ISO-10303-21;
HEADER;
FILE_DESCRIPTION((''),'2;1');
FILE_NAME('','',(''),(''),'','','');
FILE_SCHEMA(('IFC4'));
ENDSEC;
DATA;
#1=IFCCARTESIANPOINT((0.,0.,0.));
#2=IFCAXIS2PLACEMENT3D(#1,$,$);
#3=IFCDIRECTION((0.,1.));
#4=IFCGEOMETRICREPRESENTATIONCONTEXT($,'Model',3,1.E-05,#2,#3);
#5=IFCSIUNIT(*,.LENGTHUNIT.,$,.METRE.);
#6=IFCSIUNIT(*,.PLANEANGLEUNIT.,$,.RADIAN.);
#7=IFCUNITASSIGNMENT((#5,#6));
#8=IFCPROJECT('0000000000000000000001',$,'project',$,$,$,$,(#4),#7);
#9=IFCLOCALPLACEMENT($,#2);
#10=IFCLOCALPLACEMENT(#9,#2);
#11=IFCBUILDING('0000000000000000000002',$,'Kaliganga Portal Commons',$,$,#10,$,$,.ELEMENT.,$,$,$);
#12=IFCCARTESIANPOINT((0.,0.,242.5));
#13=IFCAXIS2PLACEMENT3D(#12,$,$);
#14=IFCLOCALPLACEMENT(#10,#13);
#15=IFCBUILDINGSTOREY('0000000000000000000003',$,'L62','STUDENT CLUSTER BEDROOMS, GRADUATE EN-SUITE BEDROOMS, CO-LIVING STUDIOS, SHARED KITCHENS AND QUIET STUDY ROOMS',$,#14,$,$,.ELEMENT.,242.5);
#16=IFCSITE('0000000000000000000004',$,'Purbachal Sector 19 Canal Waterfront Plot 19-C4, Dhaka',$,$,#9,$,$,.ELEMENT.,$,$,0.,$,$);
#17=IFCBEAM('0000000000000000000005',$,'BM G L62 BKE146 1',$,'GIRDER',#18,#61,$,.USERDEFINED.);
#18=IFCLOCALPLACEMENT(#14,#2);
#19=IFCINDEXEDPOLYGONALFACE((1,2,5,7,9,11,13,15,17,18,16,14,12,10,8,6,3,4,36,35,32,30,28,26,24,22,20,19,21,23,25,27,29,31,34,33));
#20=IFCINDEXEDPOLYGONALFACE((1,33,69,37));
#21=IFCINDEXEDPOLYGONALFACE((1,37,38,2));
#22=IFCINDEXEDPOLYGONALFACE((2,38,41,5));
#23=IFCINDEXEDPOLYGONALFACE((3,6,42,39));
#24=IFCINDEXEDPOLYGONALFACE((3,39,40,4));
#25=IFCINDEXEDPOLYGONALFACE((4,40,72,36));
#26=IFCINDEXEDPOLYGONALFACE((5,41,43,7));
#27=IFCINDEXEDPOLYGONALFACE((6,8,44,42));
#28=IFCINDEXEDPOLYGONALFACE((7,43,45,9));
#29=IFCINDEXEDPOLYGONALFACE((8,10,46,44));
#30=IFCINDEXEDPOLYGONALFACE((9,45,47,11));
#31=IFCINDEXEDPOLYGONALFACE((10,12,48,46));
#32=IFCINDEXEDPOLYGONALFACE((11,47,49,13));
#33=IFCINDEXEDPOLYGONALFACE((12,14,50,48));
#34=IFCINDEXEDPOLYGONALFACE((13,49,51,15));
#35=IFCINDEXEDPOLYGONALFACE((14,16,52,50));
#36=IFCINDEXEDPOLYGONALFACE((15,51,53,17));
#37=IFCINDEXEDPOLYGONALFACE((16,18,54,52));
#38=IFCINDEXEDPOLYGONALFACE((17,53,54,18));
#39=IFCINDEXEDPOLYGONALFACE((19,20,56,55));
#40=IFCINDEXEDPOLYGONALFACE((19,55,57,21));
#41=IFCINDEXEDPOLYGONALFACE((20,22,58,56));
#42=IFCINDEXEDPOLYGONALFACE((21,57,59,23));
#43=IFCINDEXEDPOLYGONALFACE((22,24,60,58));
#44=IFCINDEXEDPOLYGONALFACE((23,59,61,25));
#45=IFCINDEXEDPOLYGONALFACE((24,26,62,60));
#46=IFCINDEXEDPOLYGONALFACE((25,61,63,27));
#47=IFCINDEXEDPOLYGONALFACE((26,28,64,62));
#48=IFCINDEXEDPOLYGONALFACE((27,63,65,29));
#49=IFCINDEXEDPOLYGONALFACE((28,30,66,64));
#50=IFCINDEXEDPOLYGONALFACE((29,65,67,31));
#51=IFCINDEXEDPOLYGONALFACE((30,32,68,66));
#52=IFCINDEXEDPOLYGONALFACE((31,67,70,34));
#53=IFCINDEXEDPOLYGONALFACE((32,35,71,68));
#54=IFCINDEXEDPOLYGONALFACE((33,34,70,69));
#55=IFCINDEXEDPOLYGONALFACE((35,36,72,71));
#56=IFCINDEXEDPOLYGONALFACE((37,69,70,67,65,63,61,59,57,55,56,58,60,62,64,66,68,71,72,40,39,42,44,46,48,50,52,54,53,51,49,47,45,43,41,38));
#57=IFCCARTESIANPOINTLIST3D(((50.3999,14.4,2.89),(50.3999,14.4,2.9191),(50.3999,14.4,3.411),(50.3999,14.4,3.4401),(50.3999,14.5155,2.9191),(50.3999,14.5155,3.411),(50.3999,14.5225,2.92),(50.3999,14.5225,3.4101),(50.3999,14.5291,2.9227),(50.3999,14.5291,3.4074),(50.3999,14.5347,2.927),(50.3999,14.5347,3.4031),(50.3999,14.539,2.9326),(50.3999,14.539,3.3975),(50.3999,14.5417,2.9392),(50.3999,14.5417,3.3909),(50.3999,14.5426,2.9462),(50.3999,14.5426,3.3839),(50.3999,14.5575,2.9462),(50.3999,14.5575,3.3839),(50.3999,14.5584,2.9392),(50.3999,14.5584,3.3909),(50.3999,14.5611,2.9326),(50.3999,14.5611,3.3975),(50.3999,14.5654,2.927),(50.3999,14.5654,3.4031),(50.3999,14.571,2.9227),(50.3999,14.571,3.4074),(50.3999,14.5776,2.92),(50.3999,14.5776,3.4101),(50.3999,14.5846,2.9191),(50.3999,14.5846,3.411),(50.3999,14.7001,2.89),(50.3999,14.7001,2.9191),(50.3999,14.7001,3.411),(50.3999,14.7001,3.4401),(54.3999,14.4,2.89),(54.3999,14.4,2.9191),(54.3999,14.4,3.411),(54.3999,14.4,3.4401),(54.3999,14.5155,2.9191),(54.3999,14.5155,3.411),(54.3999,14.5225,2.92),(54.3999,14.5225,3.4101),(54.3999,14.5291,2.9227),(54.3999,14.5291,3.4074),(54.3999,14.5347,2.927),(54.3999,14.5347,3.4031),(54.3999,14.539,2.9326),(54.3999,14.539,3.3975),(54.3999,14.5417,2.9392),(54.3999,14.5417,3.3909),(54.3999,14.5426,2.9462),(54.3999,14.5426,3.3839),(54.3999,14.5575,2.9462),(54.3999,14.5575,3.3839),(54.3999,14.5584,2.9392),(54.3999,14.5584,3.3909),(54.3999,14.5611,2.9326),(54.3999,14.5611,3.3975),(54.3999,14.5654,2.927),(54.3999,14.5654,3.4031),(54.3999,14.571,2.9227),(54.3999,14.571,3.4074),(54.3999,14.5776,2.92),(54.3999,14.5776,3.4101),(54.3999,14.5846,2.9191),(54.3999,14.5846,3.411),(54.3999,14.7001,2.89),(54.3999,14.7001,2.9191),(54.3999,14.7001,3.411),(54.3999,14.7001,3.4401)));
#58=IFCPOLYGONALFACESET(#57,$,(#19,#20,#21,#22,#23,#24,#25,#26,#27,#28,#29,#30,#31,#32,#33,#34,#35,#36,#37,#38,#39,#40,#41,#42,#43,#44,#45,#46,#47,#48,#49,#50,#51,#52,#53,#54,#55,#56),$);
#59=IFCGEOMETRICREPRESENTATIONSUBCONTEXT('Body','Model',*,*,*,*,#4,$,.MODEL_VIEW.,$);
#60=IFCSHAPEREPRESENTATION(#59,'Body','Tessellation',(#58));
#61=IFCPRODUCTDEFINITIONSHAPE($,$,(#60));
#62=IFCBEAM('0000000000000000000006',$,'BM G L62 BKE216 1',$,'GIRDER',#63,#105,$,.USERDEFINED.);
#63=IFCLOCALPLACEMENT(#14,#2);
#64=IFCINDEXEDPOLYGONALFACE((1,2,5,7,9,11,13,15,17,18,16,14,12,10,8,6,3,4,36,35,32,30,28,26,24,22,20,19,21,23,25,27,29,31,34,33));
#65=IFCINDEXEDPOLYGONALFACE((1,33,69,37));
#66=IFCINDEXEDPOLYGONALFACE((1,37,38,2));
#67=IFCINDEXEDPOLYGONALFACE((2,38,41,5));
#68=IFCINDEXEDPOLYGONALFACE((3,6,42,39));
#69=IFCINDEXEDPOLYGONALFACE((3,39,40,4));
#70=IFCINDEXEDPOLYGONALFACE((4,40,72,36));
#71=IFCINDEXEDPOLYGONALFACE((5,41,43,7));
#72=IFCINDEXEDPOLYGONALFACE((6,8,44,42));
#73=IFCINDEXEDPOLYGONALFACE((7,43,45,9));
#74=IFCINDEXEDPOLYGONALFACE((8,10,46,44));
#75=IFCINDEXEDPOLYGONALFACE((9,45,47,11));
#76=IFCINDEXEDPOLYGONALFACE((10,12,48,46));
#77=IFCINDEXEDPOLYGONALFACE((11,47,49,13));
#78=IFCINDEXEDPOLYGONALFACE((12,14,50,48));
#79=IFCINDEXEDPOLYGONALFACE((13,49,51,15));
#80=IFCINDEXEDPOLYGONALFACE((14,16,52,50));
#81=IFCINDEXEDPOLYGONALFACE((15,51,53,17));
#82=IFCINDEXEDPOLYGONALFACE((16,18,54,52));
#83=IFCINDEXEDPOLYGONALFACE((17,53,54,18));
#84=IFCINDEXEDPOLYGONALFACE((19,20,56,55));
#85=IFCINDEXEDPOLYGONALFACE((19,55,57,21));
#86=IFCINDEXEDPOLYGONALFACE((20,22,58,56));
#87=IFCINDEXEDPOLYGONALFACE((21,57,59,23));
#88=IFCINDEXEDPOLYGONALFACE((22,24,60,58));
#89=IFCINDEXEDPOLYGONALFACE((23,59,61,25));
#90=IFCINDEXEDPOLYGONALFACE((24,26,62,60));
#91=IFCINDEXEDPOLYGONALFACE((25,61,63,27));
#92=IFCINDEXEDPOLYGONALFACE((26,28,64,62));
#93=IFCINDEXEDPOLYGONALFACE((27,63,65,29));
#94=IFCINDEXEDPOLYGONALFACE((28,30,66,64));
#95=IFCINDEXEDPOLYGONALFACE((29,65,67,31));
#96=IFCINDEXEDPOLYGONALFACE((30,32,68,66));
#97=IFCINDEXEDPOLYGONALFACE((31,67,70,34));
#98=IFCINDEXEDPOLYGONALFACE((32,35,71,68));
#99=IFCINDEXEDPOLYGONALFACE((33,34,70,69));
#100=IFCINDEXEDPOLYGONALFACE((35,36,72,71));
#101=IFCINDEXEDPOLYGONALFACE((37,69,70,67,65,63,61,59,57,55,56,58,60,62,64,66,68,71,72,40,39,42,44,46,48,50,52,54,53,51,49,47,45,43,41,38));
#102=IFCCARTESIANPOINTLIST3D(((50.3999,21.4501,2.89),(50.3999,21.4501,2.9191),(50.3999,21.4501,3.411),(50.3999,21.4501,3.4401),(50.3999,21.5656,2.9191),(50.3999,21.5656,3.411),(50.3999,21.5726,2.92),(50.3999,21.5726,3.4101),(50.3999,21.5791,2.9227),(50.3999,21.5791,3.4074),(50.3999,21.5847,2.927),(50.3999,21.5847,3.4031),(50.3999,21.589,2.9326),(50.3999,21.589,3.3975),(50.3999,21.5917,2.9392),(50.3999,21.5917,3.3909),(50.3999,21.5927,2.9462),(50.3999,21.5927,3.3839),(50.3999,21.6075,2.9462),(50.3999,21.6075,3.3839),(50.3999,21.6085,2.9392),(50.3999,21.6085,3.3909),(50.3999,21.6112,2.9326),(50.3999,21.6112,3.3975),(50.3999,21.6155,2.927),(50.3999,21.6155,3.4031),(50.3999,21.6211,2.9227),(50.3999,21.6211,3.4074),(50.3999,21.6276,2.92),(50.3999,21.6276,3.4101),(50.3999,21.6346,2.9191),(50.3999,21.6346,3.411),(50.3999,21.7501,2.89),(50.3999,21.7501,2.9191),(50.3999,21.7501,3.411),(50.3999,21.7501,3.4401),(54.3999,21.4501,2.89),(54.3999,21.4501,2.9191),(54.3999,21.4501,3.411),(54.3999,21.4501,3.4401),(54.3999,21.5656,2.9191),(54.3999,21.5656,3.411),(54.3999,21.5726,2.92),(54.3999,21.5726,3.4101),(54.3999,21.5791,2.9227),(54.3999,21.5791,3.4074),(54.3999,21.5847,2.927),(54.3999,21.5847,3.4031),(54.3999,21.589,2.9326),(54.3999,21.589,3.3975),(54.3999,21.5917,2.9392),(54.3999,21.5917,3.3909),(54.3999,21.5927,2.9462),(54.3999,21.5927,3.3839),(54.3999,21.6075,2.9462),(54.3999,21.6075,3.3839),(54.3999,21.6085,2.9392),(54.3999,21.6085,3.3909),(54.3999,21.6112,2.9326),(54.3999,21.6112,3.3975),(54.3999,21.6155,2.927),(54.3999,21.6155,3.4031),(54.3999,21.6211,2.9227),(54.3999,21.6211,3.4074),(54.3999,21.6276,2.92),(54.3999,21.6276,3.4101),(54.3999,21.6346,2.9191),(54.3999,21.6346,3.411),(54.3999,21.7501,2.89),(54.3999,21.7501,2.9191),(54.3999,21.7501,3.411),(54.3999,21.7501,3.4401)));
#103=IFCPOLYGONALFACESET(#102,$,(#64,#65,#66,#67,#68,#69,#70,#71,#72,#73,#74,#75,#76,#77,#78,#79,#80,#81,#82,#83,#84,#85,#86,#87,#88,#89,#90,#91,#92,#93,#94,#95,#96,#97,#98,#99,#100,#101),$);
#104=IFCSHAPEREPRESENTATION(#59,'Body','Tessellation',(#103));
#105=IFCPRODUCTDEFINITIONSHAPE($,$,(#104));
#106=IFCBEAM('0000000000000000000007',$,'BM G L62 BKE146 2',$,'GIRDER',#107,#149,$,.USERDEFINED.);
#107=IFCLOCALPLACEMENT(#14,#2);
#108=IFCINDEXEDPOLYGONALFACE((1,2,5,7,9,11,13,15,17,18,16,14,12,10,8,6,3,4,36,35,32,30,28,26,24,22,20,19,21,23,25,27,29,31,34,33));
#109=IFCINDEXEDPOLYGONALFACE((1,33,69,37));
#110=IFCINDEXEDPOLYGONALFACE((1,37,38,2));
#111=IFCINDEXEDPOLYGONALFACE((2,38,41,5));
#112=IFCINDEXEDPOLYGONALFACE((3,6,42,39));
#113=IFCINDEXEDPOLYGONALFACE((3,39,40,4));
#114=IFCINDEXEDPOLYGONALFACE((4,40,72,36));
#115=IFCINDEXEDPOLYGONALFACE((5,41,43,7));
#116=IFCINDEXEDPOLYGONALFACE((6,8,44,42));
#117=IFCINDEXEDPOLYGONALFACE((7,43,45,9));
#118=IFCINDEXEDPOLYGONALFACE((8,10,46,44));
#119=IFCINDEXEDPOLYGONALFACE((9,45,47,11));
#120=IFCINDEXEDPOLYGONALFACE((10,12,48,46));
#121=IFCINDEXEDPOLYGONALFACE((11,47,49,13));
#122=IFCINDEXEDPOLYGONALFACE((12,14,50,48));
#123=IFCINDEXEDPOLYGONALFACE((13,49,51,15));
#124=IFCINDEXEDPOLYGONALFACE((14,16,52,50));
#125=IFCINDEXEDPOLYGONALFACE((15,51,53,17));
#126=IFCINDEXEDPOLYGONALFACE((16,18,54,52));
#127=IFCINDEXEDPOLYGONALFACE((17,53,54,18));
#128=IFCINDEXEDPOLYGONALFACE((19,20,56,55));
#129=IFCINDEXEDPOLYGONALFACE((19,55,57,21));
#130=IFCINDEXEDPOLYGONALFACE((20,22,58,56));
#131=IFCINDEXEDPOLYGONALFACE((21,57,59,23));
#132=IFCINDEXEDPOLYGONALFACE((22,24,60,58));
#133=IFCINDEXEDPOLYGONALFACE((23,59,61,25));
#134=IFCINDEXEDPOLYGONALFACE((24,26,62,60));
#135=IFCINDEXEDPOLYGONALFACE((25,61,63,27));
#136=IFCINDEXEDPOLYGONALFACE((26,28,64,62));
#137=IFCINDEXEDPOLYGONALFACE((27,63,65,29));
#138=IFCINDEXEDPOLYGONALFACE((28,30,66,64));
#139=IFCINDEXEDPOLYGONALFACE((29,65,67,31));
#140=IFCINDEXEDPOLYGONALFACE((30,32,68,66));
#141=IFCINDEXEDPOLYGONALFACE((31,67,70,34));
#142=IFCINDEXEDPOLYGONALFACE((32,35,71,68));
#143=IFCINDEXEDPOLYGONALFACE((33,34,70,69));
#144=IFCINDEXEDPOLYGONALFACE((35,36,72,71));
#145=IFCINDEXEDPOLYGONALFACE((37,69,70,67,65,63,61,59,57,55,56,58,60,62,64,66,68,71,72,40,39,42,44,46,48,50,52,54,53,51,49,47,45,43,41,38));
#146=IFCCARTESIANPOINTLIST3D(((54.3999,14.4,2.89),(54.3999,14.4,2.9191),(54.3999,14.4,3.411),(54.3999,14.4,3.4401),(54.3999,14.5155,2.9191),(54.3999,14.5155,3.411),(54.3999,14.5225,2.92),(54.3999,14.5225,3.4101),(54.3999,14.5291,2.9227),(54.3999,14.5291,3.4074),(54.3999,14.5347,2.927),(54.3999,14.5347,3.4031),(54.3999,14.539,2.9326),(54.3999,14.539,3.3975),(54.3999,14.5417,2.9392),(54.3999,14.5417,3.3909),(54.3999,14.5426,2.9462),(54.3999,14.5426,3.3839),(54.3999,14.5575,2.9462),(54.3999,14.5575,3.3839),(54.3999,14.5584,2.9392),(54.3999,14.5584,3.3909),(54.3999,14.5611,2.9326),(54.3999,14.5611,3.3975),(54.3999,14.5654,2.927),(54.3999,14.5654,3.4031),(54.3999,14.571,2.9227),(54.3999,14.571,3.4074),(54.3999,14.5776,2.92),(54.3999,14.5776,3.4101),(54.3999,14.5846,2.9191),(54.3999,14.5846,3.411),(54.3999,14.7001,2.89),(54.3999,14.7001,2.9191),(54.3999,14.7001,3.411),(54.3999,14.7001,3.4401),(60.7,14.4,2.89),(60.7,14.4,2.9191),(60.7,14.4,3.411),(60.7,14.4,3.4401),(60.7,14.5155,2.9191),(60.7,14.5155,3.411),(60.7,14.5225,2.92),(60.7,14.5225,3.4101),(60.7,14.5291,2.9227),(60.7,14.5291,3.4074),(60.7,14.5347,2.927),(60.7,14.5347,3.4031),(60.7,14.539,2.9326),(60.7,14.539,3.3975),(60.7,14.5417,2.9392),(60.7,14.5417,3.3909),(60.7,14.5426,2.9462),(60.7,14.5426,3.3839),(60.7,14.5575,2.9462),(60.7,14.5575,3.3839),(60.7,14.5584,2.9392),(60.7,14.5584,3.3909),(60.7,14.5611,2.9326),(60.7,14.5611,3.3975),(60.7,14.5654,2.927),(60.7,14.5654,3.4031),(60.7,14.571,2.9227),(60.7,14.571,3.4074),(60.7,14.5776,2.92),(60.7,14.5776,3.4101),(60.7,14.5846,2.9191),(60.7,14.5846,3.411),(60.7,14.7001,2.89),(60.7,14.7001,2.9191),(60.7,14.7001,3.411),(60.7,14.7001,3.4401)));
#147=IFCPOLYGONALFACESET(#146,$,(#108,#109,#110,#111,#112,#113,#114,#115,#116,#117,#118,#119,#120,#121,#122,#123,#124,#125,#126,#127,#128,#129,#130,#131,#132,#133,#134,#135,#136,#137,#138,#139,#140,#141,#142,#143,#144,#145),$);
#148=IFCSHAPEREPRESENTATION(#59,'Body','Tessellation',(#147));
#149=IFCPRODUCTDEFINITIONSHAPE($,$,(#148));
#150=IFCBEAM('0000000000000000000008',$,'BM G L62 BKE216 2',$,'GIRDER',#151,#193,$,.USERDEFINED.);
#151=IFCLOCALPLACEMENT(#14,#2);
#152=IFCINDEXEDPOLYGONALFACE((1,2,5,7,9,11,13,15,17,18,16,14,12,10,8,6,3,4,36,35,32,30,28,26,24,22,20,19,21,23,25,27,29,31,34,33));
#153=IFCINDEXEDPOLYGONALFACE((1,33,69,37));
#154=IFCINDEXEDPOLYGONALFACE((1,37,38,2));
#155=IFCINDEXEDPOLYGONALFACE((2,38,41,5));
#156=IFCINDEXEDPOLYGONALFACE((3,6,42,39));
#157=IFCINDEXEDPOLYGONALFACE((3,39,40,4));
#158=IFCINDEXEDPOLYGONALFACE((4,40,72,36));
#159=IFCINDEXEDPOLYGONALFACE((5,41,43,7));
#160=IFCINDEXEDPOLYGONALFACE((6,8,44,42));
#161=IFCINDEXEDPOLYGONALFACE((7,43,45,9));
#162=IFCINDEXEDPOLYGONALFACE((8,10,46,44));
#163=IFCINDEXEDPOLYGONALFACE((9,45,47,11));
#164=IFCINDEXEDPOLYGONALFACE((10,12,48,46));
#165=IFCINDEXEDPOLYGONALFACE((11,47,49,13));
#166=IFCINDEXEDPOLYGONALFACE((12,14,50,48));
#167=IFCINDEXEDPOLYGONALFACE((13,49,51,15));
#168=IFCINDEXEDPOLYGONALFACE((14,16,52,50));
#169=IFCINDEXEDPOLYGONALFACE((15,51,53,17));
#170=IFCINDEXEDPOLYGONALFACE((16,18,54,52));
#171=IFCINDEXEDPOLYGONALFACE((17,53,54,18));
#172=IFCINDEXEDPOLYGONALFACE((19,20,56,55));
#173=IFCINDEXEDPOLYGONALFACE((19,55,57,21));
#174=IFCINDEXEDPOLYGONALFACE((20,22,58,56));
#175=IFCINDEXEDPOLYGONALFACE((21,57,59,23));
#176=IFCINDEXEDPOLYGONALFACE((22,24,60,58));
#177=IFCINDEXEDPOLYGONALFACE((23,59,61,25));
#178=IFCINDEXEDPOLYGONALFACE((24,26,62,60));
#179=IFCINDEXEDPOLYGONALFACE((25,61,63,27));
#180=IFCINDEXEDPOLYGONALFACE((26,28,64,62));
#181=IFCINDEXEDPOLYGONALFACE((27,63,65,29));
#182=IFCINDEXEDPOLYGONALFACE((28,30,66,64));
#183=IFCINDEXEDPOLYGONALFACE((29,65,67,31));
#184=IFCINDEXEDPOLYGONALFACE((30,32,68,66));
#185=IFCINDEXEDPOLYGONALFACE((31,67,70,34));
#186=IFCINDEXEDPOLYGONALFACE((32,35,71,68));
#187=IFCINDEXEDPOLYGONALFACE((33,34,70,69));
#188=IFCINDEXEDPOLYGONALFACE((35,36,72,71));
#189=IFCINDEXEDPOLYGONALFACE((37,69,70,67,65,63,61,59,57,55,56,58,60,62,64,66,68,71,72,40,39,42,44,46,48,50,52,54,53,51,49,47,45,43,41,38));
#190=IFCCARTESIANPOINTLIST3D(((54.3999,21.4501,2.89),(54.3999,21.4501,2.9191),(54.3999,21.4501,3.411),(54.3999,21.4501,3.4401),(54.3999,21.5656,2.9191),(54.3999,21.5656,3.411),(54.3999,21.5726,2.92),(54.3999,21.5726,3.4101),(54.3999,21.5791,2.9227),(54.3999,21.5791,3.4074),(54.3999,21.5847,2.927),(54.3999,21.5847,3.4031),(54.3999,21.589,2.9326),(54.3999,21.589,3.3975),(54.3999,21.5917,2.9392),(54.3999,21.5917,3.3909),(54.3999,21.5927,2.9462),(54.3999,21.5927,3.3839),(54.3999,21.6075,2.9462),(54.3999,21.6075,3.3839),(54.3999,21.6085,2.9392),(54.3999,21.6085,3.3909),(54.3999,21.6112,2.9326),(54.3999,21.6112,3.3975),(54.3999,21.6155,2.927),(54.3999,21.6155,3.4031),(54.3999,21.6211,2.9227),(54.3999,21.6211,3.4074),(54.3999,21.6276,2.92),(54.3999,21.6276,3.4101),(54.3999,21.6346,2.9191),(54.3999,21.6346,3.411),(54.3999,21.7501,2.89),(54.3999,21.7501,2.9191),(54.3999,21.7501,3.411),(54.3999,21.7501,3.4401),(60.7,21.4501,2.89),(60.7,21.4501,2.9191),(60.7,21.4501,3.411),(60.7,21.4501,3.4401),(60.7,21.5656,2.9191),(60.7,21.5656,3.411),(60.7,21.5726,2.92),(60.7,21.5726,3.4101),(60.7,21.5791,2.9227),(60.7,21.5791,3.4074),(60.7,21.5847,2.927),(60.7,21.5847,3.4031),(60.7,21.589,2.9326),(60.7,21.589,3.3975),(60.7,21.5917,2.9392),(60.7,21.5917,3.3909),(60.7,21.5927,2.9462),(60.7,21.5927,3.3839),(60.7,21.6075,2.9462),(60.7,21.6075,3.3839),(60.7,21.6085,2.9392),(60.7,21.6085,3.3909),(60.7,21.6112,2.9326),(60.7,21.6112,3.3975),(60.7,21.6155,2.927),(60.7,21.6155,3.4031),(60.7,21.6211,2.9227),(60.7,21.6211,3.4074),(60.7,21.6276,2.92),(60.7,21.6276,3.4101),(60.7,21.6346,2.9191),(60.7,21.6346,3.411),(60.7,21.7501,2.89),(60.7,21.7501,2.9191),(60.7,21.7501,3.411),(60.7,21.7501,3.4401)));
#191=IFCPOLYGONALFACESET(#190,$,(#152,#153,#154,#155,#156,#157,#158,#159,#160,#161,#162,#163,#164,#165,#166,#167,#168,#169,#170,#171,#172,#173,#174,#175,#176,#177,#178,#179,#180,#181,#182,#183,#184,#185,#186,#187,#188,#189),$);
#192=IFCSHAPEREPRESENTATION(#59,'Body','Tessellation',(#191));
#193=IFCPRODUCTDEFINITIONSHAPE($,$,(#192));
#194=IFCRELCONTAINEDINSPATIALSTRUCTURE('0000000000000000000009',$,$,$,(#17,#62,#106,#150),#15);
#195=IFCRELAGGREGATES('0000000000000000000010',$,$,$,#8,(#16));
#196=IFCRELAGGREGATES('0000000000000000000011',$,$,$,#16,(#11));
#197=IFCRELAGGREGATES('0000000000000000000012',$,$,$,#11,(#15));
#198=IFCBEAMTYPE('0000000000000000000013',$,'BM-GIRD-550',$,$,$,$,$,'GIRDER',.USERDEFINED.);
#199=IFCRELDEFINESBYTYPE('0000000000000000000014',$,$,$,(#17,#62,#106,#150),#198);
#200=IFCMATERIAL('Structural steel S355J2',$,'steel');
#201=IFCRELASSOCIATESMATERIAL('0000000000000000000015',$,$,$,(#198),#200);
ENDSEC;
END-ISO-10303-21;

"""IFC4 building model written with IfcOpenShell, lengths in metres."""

from ifc_helpers import new_model, si_unit, direction, frame, origin, origin_2d, place, context, subcontext, project, spatial, i_section, extrude, source, transform, mapped, material, material_profile, profile_set, type_object, element, save


model = new_model("IFC4")

# Units and contexts
model_context = context("Model", 3, precision=1e-05, world=origin(), true_north=direction((0.0, 1.0)))
body_context = subcontext(model_context, "Body", "Model", "MODEL_VIEW")
ifc_project = project(units=[si_unit("LENGTHUNIT", "METRE"), si_unit("PLANEANGLEUNIT", "RADIAN")], contexts=[model_context])

# Site, building, storey
site_placement = place(None, origin())
site = spatial("IfcSite", under=ifc_project, at=site_placement, Name="Purbachal Sector 19 Canal Waterfront Plot 19-C4, Dhaka", CompositionType="ELEMENT", RefElevation=0.0)
building_placement = place(site_placement, origin())
building = spatial("IfcBuilding", under=site, at=building_placement, Name="Kaliganga Portal Commons", CompositionType="ELEMENT")
storey_placement = place(building_placement, frame((0.0, 0.0, 242.5)))
storey = spatial("IfcBuildingStorey", under=building, at=storey_placement, Name="L62", Description="STUDENT CLUSTER BEDROOMS, GRADUATE EN-SUITE BEDROOMS, CO-LIVING STUDIOS, SHARED KITCHENS AND QUIET STUDY ROOMS", CompositionType="ELEMENT", Elevation=242.5)

# Shared definitions
ifc_material_1 = material(Name="Structural steel S355J2", Category="steel")

# Beams
ifc_material_profile_1 = material_profile(ifc_material_1, i_section(OverallWidth=0.3, OverallDepth=0.55, WebThickness=0.0149, FlangeThickness=0.0291, FilletRadius=0.0271, at=origin_2d()), Name="HE 550 B")
ifc_profile_set_1 = profile_set([ifc_material_profile_1], Name="Structural steel S355J2 wide-flange")
beam_type_1 = type_object("IfcBeamType", Name="BM-GIRD-550", ElementType="GIRDER", PredefinedType="USERDEFINED", material=ifc_profile_set_1)
shared_shape_1 = source(origin(), body_context, "Body", "SweptSolid", [
    extrude(i_section(OverallWidth=0.3, OverallDepth=0.55, WebThickness=0.0149, FlangeThickness=0.0291, FilletRadius=0.0271, at=origin_2d()), origin(), (0.0, 0.0, 1.0), 4.0),
])
for number, where, z_axis, x_axis, name in (
    (1, (50.3999, 14.55, 3.165), (1.0, 0.0, 0.0), (0.0, 1.0, 0.0), "BM G L62 BKE146 1"),
    (2, (50.3999, 21.6001, 3.165), (1.0, 0.0, 0.0), (0.0, 1.0, 0.0), "BM G L62 BKE216 1"),
):
    element("IfcBeam", number, at=place(storey_placement, frame(where, z_axis=z_axis, x_axis=x_axis)), inside=storey, type_object=beam_type_1, Name=name, ObjectType="GIRDER", PredefinedType="USERDEFINED", context=body_context, shape_type="MappedRepresentation", body=[
        mapped(shared_shape_1, transform((0.0, 0.0, 0.0), x_axis=(1.0, 0.0, 0.0), y_axis=(0.0, 1.0, 0.0), z_axis=(0.0, 0.0, 1.0), scale=1.0)),
    ])
shared_shape_2 = source(origin(), body_context, "Body", "SweptSolid", [
    extrude(i_section(OverallWidth=0.3, OverallDepth=0.55, WebThickness=0.0149, FlangeThickness=0.0291, FilletRadius=0.0271, at=origin_2d()), origin(), (0.0, 0.0, 1.0), 6.3),
])
for number, where, z_axis, x_axis, name in (
    (3, (54.3999, 14.55, 3.165), (1.0, 0.0, 0.0), (0.0, 1.0, 0.0), "BM G L62 BKE146 2"),
    (4, (54.3999, 21.6001, 3.165), (1.0, 0.0, 0.0), (0.0, 1.0, 0.0), "BM G L62 BKE216 2"),
):
    element("IfcBeam", number, at=place(storey_placement, frame(where, z_axis=z_axis, x_axis=x_axis)), inside=storey, type_object=beam_type_1, Name=name, ObjectType="GIRDER", PredefinedType="USERDEFINED", context=body_context, shape_type="MappedRepresentation", body=[
        mapped(shared_shape_2, transform((0.0, 0.0, 0.0), x_axis=(1.0, 0.0, 0.0), y_axis=(0.0, 1.0, 0.0), z_axis=(0.0, 0.0, 1.0), scale=1.0)),
    ])

save(model, "model.ifc")
